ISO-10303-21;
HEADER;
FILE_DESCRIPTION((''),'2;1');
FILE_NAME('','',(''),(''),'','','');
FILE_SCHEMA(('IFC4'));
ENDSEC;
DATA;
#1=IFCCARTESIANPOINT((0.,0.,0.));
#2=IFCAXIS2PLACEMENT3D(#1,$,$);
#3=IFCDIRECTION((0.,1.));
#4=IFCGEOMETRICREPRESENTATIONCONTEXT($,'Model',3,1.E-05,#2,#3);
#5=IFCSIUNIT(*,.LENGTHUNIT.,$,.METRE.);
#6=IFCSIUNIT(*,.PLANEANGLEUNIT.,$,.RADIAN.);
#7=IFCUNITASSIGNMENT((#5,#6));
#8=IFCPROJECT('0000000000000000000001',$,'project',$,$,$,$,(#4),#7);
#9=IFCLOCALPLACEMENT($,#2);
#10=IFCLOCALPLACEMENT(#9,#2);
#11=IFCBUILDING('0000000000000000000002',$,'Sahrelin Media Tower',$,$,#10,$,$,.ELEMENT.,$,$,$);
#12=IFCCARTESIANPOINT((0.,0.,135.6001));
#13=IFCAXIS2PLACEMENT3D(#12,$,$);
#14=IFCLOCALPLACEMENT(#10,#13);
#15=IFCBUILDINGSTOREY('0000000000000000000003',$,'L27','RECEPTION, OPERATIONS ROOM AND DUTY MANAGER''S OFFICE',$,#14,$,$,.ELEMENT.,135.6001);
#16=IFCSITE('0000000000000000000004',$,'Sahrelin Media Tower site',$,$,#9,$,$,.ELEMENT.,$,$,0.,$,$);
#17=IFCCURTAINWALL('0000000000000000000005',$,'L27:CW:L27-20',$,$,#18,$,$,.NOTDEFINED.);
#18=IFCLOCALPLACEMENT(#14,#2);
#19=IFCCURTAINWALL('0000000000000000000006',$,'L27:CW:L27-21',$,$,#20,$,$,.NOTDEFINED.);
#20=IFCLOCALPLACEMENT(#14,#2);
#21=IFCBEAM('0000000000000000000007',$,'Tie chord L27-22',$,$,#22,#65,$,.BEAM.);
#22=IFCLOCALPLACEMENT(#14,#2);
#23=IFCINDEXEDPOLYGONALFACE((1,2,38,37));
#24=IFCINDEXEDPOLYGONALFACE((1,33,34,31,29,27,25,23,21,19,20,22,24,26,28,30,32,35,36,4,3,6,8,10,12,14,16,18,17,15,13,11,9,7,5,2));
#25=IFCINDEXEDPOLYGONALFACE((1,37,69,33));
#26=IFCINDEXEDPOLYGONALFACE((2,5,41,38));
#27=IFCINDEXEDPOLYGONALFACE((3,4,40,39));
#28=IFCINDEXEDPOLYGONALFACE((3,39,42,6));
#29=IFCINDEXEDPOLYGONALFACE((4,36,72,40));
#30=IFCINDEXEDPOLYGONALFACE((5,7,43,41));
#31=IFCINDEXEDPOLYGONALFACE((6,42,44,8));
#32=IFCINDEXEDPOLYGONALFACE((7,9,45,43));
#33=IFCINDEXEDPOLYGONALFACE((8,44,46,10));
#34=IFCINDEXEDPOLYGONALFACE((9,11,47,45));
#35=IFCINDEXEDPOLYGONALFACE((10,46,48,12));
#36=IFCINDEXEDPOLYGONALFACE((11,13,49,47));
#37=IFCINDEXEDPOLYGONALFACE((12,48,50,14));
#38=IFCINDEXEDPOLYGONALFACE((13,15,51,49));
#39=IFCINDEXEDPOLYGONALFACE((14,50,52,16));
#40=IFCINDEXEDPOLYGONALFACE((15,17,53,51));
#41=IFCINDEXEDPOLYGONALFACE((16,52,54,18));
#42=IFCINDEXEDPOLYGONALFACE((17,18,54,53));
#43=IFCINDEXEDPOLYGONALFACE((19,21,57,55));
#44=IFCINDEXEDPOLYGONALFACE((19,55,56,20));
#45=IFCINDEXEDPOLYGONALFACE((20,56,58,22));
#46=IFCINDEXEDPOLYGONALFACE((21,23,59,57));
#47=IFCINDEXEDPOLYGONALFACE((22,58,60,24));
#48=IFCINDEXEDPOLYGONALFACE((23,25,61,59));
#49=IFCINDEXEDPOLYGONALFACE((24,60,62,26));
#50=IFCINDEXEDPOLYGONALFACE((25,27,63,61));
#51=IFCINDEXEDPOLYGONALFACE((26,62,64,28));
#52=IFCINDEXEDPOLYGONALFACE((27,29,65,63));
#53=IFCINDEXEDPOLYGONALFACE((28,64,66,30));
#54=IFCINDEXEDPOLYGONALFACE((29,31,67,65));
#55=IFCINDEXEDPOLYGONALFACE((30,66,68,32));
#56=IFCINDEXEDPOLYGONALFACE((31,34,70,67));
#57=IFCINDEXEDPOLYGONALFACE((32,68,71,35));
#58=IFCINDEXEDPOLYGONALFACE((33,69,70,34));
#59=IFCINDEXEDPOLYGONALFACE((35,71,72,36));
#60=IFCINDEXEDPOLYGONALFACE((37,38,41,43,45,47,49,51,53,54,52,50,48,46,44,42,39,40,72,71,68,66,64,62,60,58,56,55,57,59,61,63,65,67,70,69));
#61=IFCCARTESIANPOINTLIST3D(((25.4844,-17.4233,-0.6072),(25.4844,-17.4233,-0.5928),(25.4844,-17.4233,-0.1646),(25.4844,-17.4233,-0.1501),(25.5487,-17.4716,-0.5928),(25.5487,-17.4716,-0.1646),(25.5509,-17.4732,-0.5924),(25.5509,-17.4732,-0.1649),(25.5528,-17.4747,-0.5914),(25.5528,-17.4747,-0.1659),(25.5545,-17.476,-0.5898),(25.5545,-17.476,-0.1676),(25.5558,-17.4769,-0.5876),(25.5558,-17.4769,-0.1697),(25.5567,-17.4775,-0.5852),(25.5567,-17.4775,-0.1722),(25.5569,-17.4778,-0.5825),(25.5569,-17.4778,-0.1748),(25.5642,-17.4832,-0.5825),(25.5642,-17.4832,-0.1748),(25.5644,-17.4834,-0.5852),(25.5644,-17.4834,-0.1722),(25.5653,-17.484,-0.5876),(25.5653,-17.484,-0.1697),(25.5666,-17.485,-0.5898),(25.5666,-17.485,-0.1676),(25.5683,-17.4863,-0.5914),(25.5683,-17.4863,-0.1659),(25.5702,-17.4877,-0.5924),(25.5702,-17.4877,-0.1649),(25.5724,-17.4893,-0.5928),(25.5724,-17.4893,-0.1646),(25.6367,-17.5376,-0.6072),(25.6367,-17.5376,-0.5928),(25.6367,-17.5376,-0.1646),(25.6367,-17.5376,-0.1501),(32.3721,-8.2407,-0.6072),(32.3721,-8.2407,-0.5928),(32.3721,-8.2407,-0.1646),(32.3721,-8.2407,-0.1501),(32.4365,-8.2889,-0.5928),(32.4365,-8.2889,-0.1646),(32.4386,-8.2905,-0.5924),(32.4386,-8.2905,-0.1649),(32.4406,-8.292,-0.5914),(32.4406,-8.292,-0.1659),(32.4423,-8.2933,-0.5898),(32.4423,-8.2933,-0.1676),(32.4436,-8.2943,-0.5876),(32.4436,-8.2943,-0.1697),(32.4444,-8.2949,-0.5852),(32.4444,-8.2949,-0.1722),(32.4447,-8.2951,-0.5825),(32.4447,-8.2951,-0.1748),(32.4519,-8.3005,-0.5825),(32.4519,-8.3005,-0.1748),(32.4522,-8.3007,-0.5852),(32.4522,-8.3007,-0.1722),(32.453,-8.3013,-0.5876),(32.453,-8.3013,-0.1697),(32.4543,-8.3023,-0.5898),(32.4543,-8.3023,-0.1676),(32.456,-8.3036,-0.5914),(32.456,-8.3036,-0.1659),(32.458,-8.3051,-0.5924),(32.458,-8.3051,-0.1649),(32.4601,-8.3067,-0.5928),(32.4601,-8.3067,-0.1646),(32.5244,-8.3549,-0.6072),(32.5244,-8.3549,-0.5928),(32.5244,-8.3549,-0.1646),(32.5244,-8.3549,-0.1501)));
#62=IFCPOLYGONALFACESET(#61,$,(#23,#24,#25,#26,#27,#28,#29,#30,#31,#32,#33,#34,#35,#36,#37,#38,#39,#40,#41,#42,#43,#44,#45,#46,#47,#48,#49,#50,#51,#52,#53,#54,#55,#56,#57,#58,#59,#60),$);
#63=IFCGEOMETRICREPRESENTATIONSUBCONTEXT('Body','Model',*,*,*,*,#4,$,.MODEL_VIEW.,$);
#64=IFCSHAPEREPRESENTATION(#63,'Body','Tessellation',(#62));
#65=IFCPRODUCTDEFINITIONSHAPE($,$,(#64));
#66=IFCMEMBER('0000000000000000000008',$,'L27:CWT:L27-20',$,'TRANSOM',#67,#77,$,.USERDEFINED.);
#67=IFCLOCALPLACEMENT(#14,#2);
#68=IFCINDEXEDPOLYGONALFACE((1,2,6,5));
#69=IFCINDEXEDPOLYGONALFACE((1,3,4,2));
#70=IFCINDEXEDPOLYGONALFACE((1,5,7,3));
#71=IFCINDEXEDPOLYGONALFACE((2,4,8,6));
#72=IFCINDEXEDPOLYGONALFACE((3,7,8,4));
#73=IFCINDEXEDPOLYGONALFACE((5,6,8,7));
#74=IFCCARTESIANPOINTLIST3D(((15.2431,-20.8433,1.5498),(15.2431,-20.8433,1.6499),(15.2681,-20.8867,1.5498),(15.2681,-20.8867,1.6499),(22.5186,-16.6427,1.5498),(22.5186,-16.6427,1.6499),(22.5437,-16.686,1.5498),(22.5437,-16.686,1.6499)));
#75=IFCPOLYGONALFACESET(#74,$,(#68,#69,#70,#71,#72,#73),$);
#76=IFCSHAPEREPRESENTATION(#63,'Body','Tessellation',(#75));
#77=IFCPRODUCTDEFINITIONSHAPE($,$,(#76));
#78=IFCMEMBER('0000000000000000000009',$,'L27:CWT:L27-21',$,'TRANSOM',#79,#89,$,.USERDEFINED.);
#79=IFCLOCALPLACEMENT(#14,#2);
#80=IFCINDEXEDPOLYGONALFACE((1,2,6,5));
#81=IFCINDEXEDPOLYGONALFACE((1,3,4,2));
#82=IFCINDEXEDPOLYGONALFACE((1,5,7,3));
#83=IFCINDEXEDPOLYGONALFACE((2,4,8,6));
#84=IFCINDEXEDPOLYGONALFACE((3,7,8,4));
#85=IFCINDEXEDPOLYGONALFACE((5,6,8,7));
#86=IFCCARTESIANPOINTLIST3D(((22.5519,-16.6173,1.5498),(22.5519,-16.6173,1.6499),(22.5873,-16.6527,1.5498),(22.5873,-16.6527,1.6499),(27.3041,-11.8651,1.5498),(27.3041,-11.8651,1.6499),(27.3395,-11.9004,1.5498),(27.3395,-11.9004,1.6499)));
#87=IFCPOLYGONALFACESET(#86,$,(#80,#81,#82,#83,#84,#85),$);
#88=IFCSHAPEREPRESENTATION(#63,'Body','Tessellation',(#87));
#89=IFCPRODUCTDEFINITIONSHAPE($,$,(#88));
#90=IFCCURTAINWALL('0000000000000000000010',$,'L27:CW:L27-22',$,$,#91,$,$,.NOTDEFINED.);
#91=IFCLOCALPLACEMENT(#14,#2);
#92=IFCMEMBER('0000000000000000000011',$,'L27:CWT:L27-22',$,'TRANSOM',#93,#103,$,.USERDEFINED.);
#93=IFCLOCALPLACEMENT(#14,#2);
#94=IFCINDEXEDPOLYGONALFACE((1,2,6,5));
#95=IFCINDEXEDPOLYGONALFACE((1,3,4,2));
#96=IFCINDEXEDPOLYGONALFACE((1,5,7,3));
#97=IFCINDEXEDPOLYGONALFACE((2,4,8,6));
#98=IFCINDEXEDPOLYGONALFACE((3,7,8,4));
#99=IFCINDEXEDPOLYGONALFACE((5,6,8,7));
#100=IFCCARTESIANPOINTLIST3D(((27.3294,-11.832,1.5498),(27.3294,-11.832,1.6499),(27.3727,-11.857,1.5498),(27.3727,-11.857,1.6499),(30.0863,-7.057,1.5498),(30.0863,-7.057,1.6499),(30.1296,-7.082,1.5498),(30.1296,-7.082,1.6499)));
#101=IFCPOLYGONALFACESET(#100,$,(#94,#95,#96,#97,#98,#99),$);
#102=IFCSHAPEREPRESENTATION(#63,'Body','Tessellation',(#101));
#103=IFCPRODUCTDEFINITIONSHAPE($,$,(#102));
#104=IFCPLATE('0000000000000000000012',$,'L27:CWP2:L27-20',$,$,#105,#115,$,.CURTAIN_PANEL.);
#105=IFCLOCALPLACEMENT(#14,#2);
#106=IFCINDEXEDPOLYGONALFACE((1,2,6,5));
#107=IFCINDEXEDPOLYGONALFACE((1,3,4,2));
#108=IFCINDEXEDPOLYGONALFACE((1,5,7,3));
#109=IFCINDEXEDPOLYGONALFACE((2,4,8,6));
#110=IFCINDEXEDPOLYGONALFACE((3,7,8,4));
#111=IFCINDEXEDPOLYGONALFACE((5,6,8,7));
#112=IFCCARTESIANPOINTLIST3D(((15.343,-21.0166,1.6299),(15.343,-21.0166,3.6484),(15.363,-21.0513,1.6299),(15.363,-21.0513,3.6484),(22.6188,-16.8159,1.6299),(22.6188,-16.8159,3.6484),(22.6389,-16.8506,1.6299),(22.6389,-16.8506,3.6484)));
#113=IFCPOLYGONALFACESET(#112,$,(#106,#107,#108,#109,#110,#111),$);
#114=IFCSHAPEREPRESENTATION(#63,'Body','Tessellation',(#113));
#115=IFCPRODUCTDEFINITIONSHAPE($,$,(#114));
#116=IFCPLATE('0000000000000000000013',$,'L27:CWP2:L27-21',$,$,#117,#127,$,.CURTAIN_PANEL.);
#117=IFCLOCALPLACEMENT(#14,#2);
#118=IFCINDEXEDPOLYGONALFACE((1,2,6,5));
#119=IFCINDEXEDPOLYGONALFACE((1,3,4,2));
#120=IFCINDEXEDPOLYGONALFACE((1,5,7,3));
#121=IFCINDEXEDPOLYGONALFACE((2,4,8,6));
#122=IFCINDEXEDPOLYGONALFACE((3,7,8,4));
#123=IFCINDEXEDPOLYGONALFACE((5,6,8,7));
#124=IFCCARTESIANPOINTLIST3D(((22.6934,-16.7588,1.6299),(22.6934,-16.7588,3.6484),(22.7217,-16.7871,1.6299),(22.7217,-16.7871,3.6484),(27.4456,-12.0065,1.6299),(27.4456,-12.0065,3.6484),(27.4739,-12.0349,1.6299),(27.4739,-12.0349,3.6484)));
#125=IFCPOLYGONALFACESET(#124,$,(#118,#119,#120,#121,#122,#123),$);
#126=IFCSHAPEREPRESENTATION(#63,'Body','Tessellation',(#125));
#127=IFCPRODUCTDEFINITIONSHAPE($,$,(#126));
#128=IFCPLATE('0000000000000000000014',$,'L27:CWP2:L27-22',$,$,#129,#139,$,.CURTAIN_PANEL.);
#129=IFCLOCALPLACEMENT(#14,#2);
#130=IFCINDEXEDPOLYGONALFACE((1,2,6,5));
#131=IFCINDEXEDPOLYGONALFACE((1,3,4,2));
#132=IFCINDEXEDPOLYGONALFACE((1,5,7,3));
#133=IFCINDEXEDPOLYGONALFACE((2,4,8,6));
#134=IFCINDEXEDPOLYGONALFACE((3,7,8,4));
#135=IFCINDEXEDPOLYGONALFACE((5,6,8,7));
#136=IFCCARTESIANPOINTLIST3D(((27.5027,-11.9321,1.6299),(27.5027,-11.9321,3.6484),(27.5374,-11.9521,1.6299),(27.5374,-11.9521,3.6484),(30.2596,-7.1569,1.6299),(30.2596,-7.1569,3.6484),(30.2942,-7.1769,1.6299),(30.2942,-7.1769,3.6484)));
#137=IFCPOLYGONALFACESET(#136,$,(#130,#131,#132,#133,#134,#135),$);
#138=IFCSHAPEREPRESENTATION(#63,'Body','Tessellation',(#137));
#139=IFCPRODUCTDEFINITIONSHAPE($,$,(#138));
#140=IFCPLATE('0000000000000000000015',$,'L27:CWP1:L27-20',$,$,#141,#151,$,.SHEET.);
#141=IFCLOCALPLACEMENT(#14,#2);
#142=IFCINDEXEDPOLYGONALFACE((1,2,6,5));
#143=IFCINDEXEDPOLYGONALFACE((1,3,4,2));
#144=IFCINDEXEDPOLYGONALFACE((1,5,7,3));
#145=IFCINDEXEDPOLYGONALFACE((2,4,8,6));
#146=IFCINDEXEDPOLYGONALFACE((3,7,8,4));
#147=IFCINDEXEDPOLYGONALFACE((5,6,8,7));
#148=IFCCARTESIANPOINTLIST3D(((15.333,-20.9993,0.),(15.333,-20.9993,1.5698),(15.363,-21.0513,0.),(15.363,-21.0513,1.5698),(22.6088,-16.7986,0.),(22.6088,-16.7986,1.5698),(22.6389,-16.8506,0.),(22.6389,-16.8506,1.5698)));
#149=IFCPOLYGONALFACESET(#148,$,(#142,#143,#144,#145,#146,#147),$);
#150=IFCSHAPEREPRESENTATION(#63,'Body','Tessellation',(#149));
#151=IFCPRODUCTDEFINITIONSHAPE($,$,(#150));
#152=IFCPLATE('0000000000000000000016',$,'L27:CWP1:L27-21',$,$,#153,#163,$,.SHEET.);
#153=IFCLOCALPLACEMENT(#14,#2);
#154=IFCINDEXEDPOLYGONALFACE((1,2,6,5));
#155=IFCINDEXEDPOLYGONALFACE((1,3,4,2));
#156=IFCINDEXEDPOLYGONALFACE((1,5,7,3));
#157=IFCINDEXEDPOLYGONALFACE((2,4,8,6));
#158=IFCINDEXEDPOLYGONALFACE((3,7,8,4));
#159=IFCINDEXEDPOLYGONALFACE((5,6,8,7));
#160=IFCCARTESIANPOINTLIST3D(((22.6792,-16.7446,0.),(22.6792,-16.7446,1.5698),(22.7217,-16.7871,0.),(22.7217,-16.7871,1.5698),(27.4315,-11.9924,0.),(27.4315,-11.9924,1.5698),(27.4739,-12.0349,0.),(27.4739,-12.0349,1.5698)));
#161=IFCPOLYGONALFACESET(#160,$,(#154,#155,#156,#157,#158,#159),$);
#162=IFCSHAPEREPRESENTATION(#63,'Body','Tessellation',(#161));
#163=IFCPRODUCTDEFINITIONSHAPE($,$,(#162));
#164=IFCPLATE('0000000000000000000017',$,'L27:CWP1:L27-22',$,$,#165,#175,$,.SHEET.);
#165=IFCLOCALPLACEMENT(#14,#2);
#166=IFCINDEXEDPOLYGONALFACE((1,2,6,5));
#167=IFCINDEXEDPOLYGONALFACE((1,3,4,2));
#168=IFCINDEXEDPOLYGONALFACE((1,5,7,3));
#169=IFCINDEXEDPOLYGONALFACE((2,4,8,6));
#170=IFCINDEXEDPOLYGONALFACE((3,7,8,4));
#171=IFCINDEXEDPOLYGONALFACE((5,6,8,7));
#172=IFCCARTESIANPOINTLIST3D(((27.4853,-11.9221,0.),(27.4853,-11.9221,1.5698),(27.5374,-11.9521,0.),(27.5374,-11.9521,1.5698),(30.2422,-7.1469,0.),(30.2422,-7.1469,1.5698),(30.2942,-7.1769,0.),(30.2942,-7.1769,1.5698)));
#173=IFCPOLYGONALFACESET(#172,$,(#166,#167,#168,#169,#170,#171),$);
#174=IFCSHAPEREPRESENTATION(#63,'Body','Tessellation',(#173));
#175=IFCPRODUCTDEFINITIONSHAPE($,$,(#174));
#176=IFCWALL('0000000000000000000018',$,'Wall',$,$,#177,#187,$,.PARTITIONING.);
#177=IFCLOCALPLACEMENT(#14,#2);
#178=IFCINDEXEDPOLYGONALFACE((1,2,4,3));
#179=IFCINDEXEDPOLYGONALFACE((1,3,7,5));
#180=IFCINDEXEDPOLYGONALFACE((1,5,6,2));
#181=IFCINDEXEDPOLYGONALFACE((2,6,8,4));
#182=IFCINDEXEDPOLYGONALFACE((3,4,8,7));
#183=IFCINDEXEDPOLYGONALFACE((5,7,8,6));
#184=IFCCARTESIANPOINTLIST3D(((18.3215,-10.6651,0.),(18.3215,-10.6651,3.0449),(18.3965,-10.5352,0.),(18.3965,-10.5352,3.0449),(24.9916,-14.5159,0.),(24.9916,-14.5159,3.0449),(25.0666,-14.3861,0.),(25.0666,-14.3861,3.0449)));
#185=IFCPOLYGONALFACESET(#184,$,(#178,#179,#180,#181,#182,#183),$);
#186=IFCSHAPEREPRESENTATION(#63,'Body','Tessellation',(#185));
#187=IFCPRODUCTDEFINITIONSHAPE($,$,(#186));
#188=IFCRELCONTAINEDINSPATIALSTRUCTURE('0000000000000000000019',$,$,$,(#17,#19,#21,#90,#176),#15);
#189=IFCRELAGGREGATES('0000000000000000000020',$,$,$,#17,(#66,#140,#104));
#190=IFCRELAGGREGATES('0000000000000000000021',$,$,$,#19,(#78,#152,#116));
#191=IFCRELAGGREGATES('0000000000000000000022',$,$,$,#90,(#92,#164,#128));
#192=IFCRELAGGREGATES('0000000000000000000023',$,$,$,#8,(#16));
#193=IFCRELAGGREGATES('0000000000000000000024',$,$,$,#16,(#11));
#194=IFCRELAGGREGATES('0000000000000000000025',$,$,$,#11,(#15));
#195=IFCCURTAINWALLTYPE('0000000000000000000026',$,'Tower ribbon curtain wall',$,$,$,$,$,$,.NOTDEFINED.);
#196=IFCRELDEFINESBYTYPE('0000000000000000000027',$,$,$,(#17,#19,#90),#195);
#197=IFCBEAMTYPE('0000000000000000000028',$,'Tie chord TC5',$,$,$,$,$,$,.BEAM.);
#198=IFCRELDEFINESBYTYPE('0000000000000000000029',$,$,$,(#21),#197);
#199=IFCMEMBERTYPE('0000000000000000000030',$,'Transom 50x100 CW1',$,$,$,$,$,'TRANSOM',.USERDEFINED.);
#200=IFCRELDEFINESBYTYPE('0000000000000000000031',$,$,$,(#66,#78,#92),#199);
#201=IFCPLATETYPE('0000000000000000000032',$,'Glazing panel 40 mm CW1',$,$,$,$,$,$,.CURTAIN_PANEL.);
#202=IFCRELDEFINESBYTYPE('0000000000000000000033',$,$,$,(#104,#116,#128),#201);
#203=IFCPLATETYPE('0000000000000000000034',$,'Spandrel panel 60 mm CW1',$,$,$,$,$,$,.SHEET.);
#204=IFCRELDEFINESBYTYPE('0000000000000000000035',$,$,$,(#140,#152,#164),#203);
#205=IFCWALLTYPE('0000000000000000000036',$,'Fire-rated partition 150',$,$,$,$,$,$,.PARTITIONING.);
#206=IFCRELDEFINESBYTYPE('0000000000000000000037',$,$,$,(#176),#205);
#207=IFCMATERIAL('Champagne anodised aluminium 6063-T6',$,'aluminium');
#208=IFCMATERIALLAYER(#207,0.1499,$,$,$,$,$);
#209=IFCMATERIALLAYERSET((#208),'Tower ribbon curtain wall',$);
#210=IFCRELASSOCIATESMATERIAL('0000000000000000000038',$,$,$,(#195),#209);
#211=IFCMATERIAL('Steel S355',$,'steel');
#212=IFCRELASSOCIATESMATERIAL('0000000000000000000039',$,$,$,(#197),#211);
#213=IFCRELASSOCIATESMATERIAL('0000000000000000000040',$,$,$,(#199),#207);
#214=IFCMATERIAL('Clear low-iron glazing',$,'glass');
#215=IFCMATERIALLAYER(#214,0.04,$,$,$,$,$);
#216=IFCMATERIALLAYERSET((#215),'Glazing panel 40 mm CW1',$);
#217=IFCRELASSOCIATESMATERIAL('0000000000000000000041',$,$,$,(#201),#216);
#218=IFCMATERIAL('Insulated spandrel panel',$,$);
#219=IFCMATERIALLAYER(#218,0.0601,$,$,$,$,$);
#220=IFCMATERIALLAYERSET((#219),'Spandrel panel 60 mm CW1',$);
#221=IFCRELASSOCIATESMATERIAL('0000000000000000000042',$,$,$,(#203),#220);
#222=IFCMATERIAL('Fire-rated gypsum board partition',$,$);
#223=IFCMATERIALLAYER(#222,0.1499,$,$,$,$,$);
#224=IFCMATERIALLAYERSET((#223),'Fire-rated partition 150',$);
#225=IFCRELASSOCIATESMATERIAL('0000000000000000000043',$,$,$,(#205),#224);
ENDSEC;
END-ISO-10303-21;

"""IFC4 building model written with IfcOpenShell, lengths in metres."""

from ifc_helpers import new_model, si_unit, direction, frame, frame_2d, origin, origin_2d, place, context, subcontext, project, spatial, polyline, rectangle, i_section, outline, extrude, material, layer, layer_set, material_profile, profile_set, type_object, element, aggregate, save


model = new_model("IFC4")

# Units and contexts
model_context = context("Model", 3, precision=1e-05, world=origin(), true_north=direction((0.0, 1.0)))
body_context = subcontext(model_context, "Body", "Model", "MODEL_VIEW")
ifc_project = project(units=[si_unit("LENGTHUNIT", "METRE"), si_unit("PLANEANGLEUNIT", "RADIAN")], contexts=[model_context])

# Site, building, storey
site_placement = place(None, origin())
site = spatial("IfcSite", under=ifc_project, at=site_placement, Name="Sahrelin Media Tower site", CompositionType="ELEMENT", RefElevation=0.0)
building_placement = place(site_placement, origin())
building = spatial("IfcBuilding", under=site, at=building_placement, Name="Sahrelin Media Tower", CompositionType="ELEMENT")
storey_placement = place(building_placement, frame((0.0, 0.0, 135.6001)))
storey = spatial("IfcBuildingStorey", under=building, at=storey_placement, Name="L27", Description="RECEPTION, OPERATIONS ROOM AND DUTY MANAGER'S OFFICE", CompositionType="ELEMENT", Elevation=135.6001)

# Shared definitions
ifc_material_1 = material(Name="Steel S355", Category="steel")

# Curtain walls
ifc_material_2 = material(Name="Champagne anodised aluminium 6063-T6", Category="aluminium")
ifc_layer_1 = layer(ifc_material_2, 0.1499)
ifc_layer_set_1 = layer_set([ifc_layer_1], Name="Tower ribbon curtain wall")
curtain_wall_type = type_object("IfcCurtainWallType", Name="Tower ribbon curtain wall", PredefinedType="NOTDEFINED", material=ifc_layer_set_1)
curtain_wall_1_placement = place(storey_placement, frame((18.991, -18.9336, 0.0), z_axis=(0.0, 0.0, 1.0), x_axis=(1.0, 0.0, 0.0)))
curtain_wall_1 = element("IfcCurtainWall", 1, at=curtain_wall_1_placement, inside=storey, type_object=curtain_wall_type, Name="L27:CW:L27-20", PredefinedType="NOTDEFINED")
curtain_wall_2_placement = place(storey_placement, frame((25.0835, -14.3967, 0.0), z_axis=(0.0, 0.0, 1.0), x_axis=(1.0, 0.0, 0.0)))
curtain_wall_2 = element("IfcCurtainWall", 2, at=curtain_wall_2_placement, inside=storey, type_object=curtain_wall_type, Name="L27:CW:L27-21", PredefinedType="NOTDEFINED")

# Beam
ifc_material_profile_1 = material_profile(ifc_material_1, i_section(OverallWidth=0.1904, OverallDepth=0.457, WebThickness=0.009, FlangeThickness=0.0144, FilletRadius=0.0103, at=origin_2d()), Name="UB 457x191x74")
ifc_profile_set_1 = profile_set([ifc_material_profile_1], Name="Steel S355")
beam_type_1 = type_object("IfcBeamType", Name="Tie chord TC5", PredefinedType="BEAM", material=ifc_profile_set_1)
beam_1_placement = place(storey_placement, frame((25.5605, -17.4805, -0.3787), z_axis=(0.600041, 0.799969, 0.0), x_axis=(-0.799969, 0.600041, 0.0)))
element("IfcBeam", 3, at=beam_1_placement, inside=storey, type_object=beam_type_1, Name="Tie chord L27-22", PredefinedType="BEAM", context=body_context, shape_type="SweptSolid", body=[
    extrude(i_section(OverallWidth=0.1904, OverallDepth=0.457, WebThickness=0.009, FlangeThickness=0.0144, FilletRadius=0.0103, at=origin_2d()), origin(), (0.0, 0.0, 1.0), 11.4788),
])

# Members
ifc_material_profile_2 = material_profile(ifc_material_2, rectangle(XDim=0.05, YDim=0.1001, at=origin_2d()), Name="Transom 50x100")
ifc_profile_set_2 = profile_set([ifc_material_profile_2], Name="Champagne anodised aluminium 6063-T6")
member_type_1 = type_object("IfcMemberType", Name="Transom 50x100 CW1", ElementType="TRANSOM", PredefinedType="USERDEFINED", material=ifc_profile_set_2)
member_1_placement = place(storey_placement, frame((15.2556, -20.865, 1.5999), z_axis=(0.866021, 0.500008, 0.0), x_axis=(-0.500008, 0.866021, 0.0)))
member_1 = element("IfcMember", 4, at=member_1_placement, type_object=member_type_1, Name="L27:CWT:L27-20", ObjectType="TRANSOM", PredefinedType="USERDEFINED", context=body_context, shape_type="SweptSolid", body=[
    extrude(rectangle(XDim=0.05, YDim=0.1001, at=origin_2d()), origin(), (0.0, 0.0, 1.0), 8.4011),
])
member_2_placement = place(storey_placement, frame((22.5696, -16.635, 1.5999), z_axis=(0.707107, 0.707107, 0.0), x_axis=(-0.707107, 0.707107, 0.0)))
member_2 = element("IfcMember", 5, at=member_2_placement, type_object=member_type_1, Name="L27:CWT:L27-21", ObjectType="TRANSOM", PredefinedType="USERDEFINED", context=body_context, shape_type="SweptSolid", body=[
    extrude(rectangle(XDim=0.05, YDim=0.1001, at=origin_2d()), origin(), (0.0, 0.0, 1.0), 6.7207),
])

# Curtain wall, member
curtain_wall_3_placement = place(storey_placement, frame((28.8984, -9.5547, 0.0), z_axis=(0.0, 0.0, 1.0), x_axis=(1.0, 0.0, 0.0)))
curtain_wall_3 = element("IfcCurtainWall", 6, at=curtain_wall_3_placement, inside=storey, type_object=curtain_wall_type, Name="L27:CW:L27-22", PredefinedType="NOTDEFINED")
member_3_placement = place(storey_placement, frame((27.3511, -11.8445, 1.5999), z_axis=(0.500006, 0.866022, 0.0), x_axis=(-0.866022, 0.500006, 0.0)))
member_3 = element("IfcMember", 7, at=member_3_placement, type_object=member_type_1, Name="L27:CWT:L27-22", ObjectType="TRANSOM", PredefinedType="USERDEFINED", context=body_context, shape_type="SweptSolid", body=[
    extrude(rectangle(XDim=0.05, YDim=0.1001, at=origin_2d()), origin(), (0.0, 0.0, 1.0), 5.5137),
])

# Plates
ifc_material_3 = material(Name="Clear low-iron glazing", Category="glass")
ifc_layer_2 = layer(ifc_material_3, 0.04)
ifc_layer_set_2 = layer_set([ifc_layer_2], Name="Glazing panel 40 mm CW1")
plate_type_1 = type_object("IfcPlateType", Name="Glazing panel 40 mm CW1", PredefinedType="CURTAIN_PANEL", material=ifc_layer_set_2)
plate_1_placement = place(storey_placement, frame((15.363, -21.0513, 1.6299), z_axis=(0.499996, -0.866028, 0.0), x_axis=(0.866028, 0.499996, 0.0)))
plate_1 = element("IfcPlate", 8, at=plate_1_placement, type_object=plate_type_1, Name="L27:CWP2:L27-20", PredefinedType="CURTAIN_PANEL", context=body_context, shape_type="SweptSolid", body=[
    extrude(outline(polyline([(0.0, 0.0), (8.4014, 0.0), (8.4014, 2.0186), (0.0, 2.0186), (0.0, 0.0)])), origin(), (0.0, 0.0, -1.0), 0.04),
])
plate_2_placement = place(storey_placement, frame((22.7217, -16.7871, 1.6299), z_axis=(0.707107, -0.707107, 0.0), x_axis=(0.707107, 0.707107, 0.0)))
plate_2 = element("IfcPlate", 9, at=plate_2_placement, type_object=plate_type_1, Name="L27:CWP2:L27-21", PredefinedType="CURTAIN_PANEL", context=body_context, shape_type="SweptSolid", body=[
    extrude(outline(polyline([(0.0, 0.0), (6.7207, 0.0), (6.7207, 2.0186), (0.0, 2.0186), (0.0, 0.0)])), origin(), (0.0, 0.0, -1.0), 0.04),
])
plate_3_placement = place(storey_placement, frame((27.5374, -11.9521, 1.6299), z_axis=(0.866033, -0.499987, 0.0), x_axis=(0.499987, 0.866033, 0.0)))
plate_3 = element("IfcPlate", 10, at=plate_3_placement, type_object=plate_type_1, Name="L27:CWP2:L27-22", PredefinedType="CURTAIN_PANEL", context=body_context, shape_type="SweptSolid", body=[
    extrude(outline(polyline([(0.0, 0.0), (5.5139, 0.0), (5.5139, 2.0186), (0.0, 2.0186), (0.0, 0.0)])), origin(), (0.0, 0.0, -1.0), 0.04),
])
ifc_material_4 = material(Name="Insulated spandrel panel")
ifc_layer_3 = layer(ifc_material_4, 0.0601)
ifc_layer_set_3 = layer_set([ifc_layer_3], Name="Spandrel panel 60 mm CW1")
plate_type_2 = type_object("IfcPlateType", Name="Spandrel panel 60 mm CW1", PredefinedType="SHEET", material=ifc_layer_set_3)
plate_4_placement = place(storey_placement, frame((15.363, -21.0513, 0.0), z_axis=(0.499996, -0.866028, 0.0), x_axis=(0.866028, 0.499996, 0.0)))
plate_4 = element("IfcPlate", 11, at=plate_4_placement, type_object=plate_type_2, Name="L27:CWP1:L27-20", PredefinedType="SHEET", context=body_context, shape_type="SweptSolid", body=[
    extrude(outline(polyline([(0.0, 0.0), (8.4014, 0.0), (8.4014, 1.5698), (0.0, 1.5698), (0.0, 0.0)])), origin(), (0.0, 0.0, -1.0), 0.0601),
])
aggregate(curtain_wall_1, [member_1, plate_4, plate_1])
plate_5_placement = place(storey_placement, frame((22.7217, -16.7871, 0.0), z_axis=(0.707107, -0.707107, 0.0), x_axis=(0.707107, 0.707107, 0.0)))
plate_5 = element("IfcPlate", 12, at=plate_5_placement, type_object=plate_type_2, Name="L27:CWP1:L27-21", PredefinedType="SHEET", context=body_context, shape_type="SweptSolid", body=[
    extrude(outline(polyline([(0.0, 0.0), (6.7207, 0.0), (6.7207, 1.5698), (0.0, 1.5698), (0.0, 0.0)])), origin(), (0.0, 0.0, -1.0), 0.0601),
])
aggregate(curtain_wall_2, [member_2, plate_5, plate_2])
plate_6_placement = place(storey_placement, frame((27.5374, -11.9521, 0.0), z_axis=(0.866033, -0.499987, 0.0), x_axis=(0.499987, 0.866033, 0.0)))
plate_6 = element("IfcPlate", 13, at=plate_6_placement, type_object=plate_type_2, Name="L27:CWP1:L27-22", PredefinedType="SHEET", context=body_context, shape_type="SweptSolid", body=[
    extrude(outline(polyline([(0.0, 0.0), (5.5139, 0.0), (5.5139, 1.5698), (0.0, 1.5698), (0.0, 0.0)])), origin(), (0.0, 0.0, -1.0), 0.0601),
])
aggregate(curtain_wall_3, [member_3, plate_6, plate_3])

# Wall
ifc_material_5 = material(Name="Fire-rated gypsum board partition")
ifc_layer_4 = layer(ifc_material_5, 0.1499)
ifc_layer_set_4 = layer_set([ifc_layer_4], Name="Fire-rated partition 150")
wall_type_1 = type_object("IfcWallType", Name="Fire-rated partition 150", PredefinedType="PARTITIONING", material=ifc_layer_set_4)
wall_1_placement = place(storey_placement, frame((18.3589, -10.6001, 0.0), z_axis=(0.0, 0.0, 1.0), x_axis=(0.866036, -0.499981, 0.0)))
element("IfcWall", 14, at=wall_1_placement, inside=storey, type_object=wall_type_1, Name="Wall", PredefinedType="PARTITIONING", context=body_context, shape_type="SweptSolid", body=[
    extrude(rectangle(XDim=7.7019, YDim=0.1499, at=frame_2d((3.8511, 0.0))), origin(), (0.0, 0.0, 1.0), 3.0449),
])

save(model, "model.ifc")
